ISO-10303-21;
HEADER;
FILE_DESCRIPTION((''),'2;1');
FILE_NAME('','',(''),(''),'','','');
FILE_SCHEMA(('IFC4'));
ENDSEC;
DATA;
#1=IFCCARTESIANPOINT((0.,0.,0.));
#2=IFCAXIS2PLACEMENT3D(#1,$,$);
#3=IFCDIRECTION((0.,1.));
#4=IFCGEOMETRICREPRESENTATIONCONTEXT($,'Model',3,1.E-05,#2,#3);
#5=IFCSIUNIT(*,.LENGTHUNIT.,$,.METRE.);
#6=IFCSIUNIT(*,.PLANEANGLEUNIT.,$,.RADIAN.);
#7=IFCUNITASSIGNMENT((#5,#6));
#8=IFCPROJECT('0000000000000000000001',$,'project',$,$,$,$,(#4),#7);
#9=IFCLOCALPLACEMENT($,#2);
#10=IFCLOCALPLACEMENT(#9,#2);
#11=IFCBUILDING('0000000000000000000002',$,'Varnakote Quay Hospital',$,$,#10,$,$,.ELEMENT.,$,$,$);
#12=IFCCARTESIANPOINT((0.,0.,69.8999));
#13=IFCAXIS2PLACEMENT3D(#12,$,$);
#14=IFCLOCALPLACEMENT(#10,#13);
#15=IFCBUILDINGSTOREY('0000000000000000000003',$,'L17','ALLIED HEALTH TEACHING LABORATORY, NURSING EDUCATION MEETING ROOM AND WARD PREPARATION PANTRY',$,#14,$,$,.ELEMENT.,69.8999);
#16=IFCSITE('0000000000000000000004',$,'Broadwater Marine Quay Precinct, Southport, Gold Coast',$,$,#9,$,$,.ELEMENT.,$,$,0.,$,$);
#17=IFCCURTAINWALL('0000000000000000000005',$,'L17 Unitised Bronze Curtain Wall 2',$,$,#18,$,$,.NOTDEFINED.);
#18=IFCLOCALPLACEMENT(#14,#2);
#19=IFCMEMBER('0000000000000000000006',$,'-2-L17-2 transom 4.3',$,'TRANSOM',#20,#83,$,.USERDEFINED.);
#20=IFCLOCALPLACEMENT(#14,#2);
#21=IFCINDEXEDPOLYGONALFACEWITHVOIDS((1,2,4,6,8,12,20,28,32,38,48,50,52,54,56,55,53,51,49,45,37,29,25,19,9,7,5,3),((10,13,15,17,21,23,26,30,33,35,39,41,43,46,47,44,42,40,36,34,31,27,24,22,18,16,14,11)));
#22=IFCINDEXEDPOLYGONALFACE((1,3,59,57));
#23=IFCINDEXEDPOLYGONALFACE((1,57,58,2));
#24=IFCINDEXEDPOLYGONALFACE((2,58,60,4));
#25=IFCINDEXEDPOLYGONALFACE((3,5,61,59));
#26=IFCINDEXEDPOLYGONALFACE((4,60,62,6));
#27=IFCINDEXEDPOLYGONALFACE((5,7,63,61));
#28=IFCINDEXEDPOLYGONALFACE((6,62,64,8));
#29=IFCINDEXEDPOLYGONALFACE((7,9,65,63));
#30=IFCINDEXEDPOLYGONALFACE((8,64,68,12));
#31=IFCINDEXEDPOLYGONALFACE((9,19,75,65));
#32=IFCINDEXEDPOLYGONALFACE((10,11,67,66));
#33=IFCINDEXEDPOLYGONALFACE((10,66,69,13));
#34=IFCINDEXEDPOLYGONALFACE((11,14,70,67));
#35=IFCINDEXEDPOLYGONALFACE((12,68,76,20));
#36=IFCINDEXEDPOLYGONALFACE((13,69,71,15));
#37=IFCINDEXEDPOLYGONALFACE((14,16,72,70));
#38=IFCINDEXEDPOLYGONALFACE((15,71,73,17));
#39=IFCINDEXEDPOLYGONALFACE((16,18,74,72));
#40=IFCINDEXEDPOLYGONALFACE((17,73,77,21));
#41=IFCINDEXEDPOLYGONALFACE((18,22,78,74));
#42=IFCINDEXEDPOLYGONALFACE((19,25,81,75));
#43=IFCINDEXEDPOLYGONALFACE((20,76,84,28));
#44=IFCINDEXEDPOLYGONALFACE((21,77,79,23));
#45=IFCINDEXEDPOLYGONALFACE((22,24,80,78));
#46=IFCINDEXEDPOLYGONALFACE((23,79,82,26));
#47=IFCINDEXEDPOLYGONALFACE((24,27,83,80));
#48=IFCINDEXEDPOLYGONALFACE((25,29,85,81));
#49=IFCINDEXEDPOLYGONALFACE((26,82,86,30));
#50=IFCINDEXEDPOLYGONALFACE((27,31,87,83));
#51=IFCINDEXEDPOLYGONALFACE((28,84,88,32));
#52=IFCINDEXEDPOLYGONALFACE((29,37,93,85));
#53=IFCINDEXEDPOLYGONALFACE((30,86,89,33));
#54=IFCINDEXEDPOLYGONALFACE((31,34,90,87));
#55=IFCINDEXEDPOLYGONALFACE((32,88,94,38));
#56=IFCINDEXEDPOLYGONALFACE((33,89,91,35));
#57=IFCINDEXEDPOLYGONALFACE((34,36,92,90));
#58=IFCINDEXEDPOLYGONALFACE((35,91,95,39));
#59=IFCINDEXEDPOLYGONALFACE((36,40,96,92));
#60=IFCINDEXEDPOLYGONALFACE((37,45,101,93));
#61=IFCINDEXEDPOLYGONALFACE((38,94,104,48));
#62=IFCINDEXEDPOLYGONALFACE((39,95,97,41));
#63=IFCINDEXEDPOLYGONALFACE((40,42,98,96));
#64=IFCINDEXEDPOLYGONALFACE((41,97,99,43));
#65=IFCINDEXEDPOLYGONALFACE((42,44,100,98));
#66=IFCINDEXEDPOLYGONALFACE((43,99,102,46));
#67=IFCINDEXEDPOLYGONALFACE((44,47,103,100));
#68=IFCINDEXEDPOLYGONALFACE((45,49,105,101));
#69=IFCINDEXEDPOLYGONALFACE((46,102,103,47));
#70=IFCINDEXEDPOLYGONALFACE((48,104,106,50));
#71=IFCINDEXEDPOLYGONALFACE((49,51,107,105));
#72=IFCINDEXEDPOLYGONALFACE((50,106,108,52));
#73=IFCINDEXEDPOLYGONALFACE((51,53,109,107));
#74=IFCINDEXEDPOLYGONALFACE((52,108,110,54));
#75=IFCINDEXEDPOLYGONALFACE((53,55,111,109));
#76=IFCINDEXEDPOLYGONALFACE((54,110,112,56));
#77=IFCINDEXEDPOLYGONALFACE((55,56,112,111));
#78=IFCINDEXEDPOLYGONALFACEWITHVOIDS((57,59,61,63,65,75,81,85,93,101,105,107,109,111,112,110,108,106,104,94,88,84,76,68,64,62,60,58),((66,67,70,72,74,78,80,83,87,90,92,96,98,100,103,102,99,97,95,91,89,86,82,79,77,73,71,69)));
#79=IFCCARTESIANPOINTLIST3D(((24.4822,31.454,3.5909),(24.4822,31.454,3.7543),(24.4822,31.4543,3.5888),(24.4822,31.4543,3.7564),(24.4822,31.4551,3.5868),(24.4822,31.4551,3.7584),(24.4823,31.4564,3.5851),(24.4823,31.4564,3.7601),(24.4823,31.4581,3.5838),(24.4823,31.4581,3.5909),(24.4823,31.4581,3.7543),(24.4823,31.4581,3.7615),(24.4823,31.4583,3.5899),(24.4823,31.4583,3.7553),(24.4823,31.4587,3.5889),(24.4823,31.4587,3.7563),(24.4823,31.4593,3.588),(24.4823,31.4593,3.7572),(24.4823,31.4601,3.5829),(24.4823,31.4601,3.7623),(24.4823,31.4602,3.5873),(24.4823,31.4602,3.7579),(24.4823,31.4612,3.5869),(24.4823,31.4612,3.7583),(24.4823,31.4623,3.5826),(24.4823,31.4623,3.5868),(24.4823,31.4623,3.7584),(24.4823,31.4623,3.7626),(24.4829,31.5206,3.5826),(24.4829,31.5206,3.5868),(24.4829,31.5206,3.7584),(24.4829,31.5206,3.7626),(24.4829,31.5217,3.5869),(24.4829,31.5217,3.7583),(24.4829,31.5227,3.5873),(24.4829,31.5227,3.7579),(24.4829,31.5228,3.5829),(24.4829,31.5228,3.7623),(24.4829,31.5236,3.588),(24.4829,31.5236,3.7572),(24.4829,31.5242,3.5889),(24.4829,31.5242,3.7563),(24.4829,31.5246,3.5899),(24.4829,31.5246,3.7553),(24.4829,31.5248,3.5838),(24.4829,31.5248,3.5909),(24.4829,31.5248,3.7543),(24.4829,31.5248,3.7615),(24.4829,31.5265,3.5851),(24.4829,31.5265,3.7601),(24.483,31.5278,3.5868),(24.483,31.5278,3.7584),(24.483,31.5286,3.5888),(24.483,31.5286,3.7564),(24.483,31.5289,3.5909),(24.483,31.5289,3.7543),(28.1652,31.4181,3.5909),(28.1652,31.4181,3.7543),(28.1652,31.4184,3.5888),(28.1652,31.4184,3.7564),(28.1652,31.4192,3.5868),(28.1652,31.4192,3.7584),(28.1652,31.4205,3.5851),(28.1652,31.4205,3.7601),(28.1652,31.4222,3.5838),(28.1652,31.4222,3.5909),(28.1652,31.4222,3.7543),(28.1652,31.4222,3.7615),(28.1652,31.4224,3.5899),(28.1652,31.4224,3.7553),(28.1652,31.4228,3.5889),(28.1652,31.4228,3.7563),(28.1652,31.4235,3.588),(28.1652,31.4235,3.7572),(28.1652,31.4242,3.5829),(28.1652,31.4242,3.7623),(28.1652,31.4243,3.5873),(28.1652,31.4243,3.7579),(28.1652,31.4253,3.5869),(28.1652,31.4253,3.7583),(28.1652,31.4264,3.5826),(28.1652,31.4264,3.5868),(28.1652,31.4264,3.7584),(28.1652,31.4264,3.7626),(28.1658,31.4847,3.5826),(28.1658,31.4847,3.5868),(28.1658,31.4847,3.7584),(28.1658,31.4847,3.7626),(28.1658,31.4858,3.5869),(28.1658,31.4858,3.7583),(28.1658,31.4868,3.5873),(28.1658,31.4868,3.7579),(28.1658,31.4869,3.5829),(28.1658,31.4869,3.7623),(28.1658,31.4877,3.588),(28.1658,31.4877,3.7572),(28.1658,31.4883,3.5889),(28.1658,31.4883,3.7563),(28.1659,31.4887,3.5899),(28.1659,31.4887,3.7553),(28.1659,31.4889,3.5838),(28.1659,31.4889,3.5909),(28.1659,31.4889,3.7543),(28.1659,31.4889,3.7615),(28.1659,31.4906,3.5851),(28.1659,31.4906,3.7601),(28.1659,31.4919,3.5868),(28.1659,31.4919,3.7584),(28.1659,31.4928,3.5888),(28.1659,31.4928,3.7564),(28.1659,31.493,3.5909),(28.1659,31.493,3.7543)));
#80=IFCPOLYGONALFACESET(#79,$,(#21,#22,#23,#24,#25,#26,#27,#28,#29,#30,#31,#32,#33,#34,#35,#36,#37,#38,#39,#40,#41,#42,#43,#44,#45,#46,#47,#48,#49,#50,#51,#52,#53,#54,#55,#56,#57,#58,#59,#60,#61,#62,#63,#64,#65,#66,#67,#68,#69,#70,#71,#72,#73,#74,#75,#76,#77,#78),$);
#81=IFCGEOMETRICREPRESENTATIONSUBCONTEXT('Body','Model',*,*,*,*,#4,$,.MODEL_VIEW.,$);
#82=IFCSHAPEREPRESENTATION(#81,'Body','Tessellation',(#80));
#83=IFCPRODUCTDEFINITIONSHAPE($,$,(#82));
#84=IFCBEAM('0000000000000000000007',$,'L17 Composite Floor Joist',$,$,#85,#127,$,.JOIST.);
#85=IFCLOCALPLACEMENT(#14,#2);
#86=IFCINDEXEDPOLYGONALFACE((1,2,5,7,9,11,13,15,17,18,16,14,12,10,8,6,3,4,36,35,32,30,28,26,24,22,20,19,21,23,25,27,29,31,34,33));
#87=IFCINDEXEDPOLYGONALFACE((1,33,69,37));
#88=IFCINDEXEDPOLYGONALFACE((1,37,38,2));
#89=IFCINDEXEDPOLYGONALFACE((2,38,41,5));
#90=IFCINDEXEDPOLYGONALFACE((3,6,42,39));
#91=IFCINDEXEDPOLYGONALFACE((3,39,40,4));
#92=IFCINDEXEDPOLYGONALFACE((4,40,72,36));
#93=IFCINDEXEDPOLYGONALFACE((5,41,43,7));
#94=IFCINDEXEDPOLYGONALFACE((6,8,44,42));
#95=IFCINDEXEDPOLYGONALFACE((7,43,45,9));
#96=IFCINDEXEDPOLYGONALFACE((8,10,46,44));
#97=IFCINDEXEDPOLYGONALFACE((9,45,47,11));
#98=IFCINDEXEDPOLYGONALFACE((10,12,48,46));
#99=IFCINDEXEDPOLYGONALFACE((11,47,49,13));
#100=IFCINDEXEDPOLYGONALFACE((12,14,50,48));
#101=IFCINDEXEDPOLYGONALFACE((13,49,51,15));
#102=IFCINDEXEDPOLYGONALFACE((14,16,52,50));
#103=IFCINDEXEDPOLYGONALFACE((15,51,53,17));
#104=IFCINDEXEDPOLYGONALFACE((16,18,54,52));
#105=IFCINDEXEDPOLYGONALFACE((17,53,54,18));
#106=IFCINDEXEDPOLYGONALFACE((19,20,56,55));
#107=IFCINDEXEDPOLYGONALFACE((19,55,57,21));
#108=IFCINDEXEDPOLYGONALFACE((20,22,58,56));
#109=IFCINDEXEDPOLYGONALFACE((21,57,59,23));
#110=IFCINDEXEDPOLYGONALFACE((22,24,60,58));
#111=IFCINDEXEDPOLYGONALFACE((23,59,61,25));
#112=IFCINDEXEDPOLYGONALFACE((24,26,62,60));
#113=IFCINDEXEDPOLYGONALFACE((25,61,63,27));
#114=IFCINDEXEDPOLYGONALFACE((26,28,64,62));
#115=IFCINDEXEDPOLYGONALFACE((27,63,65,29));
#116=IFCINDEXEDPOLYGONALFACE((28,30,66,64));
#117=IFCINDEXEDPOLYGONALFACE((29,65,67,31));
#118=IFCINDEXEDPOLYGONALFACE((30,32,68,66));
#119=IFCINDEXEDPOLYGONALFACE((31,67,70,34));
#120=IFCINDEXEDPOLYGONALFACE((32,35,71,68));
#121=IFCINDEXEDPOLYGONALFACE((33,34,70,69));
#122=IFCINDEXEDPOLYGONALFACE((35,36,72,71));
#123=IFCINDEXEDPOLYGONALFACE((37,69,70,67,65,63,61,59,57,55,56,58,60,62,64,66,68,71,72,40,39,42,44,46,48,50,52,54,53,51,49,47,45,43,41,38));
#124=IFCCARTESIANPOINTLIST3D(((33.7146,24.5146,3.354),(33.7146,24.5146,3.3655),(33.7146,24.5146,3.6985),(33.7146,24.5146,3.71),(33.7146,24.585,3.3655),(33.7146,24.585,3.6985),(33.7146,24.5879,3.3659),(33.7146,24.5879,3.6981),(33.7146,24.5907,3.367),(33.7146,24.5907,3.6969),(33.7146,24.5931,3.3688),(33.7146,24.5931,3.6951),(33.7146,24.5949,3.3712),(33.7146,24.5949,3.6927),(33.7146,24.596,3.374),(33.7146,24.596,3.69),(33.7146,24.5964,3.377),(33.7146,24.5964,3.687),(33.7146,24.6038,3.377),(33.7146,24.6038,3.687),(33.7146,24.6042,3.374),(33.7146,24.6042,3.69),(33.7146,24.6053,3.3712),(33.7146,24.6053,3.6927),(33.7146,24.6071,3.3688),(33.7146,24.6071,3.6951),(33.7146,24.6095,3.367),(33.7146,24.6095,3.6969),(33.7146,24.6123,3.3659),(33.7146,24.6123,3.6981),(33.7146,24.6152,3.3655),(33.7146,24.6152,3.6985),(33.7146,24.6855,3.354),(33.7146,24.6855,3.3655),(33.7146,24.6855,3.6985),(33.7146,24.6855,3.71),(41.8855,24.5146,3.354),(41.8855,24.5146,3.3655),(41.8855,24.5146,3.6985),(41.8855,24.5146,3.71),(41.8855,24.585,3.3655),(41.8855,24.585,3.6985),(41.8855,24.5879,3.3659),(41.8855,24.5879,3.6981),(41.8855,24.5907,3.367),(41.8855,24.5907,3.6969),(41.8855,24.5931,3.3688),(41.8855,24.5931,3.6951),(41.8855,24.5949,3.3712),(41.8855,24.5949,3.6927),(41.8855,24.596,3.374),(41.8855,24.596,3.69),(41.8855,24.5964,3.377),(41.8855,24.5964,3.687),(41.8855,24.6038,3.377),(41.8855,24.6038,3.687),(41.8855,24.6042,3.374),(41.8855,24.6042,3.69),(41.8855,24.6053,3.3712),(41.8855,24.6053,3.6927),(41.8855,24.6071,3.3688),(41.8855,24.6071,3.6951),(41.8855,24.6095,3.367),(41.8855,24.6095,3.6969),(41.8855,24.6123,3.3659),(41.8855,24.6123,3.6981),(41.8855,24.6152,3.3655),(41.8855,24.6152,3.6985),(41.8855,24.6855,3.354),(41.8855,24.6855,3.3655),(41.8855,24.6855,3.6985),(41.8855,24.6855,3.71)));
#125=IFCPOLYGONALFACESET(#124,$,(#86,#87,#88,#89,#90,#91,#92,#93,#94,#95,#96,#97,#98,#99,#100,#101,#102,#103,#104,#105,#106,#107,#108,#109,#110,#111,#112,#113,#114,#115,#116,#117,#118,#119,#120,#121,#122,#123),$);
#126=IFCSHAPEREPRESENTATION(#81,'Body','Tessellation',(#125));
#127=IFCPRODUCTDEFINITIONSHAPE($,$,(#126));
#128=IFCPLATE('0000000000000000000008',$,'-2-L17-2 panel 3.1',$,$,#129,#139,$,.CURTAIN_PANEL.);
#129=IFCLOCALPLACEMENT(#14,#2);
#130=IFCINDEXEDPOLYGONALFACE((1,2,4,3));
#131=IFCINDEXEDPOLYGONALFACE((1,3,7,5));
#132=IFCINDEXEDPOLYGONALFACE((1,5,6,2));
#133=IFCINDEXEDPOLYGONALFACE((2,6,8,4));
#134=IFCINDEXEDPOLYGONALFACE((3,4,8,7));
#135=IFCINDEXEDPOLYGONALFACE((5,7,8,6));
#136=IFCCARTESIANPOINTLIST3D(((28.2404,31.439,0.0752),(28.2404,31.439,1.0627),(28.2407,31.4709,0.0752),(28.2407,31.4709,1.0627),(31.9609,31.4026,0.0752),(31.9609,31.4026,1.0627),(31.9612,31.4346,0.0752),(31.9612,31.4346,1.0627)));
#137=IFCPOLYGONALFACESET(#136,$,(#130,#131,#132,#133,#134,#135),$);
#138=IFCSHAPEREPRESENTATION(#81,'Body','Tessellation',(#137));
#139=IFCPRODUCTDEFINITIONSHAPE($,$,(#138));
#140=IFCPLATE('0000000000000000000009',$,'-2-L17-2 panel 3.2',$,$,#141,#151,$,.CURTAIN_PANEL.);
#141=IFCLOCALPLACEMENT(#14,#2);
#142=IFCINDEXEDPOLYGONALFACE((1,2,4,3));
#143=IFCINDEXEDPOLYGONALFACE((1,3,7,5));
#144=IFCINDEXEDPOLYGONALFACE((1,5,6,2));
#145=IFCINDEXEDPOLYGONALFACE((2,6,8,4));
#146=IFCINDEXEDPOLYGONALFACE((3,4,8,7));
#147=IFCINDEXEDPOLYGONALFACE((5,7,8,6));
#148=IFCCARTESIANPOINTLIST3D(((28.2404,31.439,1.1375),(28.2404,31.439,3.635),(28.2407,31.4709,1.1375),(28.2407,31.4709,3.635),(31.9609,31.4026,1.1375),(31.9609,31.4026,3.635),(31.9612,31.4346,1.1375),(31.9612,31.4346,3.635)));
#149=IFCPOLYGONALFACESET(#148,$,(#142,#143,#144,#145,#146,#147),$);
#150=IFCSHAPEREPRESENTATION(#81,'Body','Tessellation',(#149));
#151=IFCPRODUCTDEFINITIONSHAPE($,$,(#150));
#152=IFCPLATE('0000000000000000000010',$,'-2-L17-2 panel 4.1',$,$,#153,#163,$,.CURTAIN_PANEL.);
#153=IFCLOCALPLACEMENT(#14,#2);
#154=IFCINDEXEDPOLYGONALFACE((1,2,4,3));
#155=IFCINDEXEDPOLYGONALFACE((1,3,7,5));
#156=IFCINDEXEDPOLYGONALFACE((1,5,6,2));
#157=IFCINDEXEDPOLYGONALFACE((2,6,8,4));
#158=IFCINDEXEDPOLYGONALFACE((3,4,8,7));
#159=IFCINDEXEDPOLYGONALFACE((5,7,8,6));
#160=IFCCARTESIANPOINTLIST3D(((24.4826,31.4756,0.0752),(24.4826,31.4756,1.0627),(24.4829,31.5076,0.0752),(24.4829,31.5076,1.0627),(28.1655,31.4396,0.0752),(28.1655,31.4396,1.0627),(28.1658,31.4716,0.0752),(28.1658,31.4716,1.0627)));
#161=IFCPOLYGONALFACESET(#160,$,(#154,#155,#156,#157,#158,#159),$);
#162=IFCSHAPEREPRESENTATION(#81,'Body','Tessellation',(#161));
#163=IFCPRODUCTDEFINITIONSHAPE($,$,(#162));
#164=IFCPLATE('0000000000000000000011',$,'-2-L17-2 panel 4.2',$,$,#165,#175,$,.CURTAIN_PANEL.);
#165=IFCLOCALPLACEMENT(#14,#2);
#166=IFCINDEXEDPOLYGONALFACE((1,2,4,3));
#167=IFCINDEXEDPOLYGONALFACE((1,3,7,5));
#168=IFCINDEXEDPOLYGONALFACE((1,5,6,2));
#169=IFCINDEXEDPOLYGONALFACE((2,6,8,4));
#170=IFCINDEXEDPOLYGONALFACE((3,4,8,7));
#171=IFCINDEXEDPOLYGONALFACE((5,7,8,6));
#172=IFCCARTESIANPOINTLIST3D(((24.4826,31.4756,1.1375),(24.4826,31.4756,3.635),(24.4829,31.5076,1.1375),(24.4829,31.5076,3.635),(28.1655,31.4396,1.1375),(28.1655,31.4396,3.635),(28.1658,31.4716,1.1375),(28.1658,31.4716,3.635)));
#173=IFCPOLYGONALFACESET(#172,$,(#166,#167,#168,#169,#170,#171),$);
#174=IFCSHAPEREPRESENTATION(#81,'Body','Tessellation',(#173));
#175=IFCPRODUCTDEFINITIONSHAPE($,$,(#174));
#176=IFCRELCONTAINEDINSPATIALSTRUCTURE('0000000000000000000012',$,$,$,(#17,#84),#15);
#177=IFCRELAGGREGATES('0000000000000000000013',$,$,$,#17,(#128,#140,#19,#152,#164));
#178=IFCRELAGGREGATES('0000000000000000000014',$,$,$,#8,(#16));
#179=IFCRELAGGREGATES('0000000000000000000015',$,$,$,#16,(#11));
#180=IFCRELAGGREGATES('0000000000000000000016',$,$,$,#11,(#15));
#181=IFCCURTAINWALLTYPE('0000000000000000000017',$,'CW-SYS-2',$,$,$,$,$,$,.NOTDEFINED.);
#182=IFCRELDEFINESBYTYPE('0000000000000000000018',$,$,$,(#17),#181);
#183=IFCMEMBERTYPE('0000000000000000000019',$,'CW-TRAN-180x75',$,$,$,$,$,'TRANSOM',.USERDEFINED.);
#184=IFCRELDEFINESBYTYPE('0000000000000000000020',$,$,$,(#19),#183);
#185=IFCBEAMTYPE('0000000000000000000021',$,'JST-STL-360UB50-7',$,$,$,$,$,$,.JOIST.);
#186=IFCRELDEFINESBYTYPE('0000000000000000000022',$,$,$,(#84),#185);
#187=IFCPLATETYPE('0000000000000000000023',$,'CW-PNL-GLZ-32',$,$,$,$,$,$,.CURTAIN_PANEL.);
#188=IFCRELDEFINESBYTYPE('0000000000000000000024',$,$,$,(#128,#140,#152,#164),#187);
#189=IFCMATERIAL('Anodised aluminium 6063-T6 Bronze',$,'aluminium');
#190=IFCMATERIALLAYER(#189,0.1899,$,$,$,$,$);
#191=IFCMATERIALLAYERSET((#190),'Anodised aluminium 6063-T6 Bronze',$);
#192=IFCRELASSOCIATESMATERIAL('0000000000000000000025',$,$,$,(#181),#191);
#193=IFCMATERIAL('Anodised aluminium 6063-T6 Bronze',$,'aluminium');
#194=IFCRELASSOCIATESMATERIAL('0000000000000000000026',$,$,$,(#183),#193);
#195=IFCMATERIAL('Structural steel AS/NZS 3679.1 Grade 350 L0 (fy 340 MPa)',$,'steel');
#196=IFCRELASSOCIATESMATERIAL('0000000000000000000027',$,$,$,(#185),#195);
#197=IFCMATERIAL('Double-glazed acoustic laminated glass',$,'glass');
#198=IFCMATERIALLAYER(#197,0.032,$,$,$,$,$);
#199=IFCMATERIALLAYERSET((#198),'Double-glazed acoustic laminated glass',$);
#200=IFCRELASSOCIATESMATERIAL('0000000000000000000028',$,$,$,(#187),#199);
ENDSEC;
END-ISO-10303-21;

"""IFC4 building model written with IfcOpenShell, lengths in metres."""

from ifc_helpers import new_model, si_unit, direction, frame, origin, origin_2d, place, context, subcontext, project, spatial, rectangle, hollow_rectangle, i_section, extrude, material, layer, layer_set, material_profile, profile_set, type_object, element, aggregate, save


model = new_model("IFC4")

# Units and contexts
model_context = context("Model", 3, precision=1e-05, world=origin(), true_north=direction((0.0, 1.0)))
body_context = subcontext(model_context, "Body", "Model", "MODEL_VIEW")
ifc_project = project(units=[si_unit("LENGTHUNIT", "METRE"), si_unit("PLANEANGLEUNIT", "RADIAN")], contexts=[model_context])

# Site, building, storey
site_placement = place(None, origin())
site = spatial("IfcSite", under=ifc_project, at=site_placement, Name="Broadwater Marine Quay Precinct, Southport, Gold Coast", CompositionType="ELEMENT", RefElevation=0.0)
building_placement = place(site_placement, origin())
building = spatial("IfcBuilding", under=site, at=building_placement, Name="Varnakote Quay Hospital", CompositionType="ELEMENT")
storey_placement = place(building_placement, frame((0.0, 0.0, 69.8999)))
storey = spatial("IfcBuildingStorey", under=building, at=storey_placement, Name="L17", Description="ALLIED HEALTH TEACHING LABORATORY, NURSING EDUCATION MEETING ROOM AND WARD PREPARATION PANTRY", CompositionType="ELEMENT", Elevation=69.8999)

# Curtain wall, member
ifc_material_1 = material(Name="Anodised aluminium 6063-T6 Bronze", Category="aluminium")
ifc_layer_1 = layer(ifc_material_1, 0.1899)
ifc_layer_set_1 = layer_set([ifc_layer_1], Name="Anodised aluminium 6063-T6 Bronze")
curtain_wall_type = type_object("IfcCurtainWallType", Name="CW-SYS-2", PredefinedType="NOTDEFINED", material=ifc_layer_set_1)
curtain_wall_placement = place(storey_placement, origin())
curtain_wall = element("IfcCurtainWall", 1, at=curtain_wall_placement, inside=storey, type_object=curtain_wall_type, Name="L17 Unitised Bronze Curtain Wall 2", PredefinedType="NOTDEFINED")
ifc_material_2 = material(Name="Anodised aluminium 6063-T6 Bronze", Category="aluminium")
ifc_material_profile_1 = material_profile(ifc_material_2, hollow_rectangle(XDim=0.075, YDim=0.1799, WallThickness=0.0042, InnerFilletRadius=0.0042, OuterFilletRadius=0.0083, at=origin_2d()), Name="CW-TRAN-180x75")
ifc_profile_set_1 = profile_set([ifc_material_profile_1], Name="Anodised aluminium 6063-T6 Bronze")
member_type_1 = type_object("IfcMemberType", Name="CW-TRAN-180x75", ElementType="TRANSOM", PredefinedType="USERDEFINED", material=ifc_profile_set_1)
member_1_placement = place(storey_placement, frame((28.1655, 31.4556, 3.6726), z_axis=(-0.999953, 0.009744, 0.0), x_axis=(-0.009744, -0.999953, 0.0)))
member_1 = element("IfcMember", 2, at=member_1_placement, type_object=member_type_1, Name="-2-L17-2 transom 4.3", ObjectType="TRANSOM", PredefinedType="USERDEFINED", context=body_context, shape_type="SweptSolid", body=[
    extrude(hollow_rectangle(XDim=0.075, YDim=0.1799, WallThickness=0.0042, InnerFilletRadius=0.0042, OuterFilletRadius=0.0083, at=origin_2d()), origin(), (0.0, 0.0, 1.0), 3.6831),
])

# Beam
ifc_material_3 = material(Name="Structural steel AS/NZS 3679.1 Grade 350 L0 (fy 340 MPa)", Category="steel")
ifc_material_profile_2 = material_profile(ifc_material_3, i_section(OverallWidth=0.1709, OverallDepth=0.356, WebThickness=0.0073, FlangeThickness=0.0115, FilletRadius=0.0115, at=origin_2d()), Name="360UB50.7")
ifc_profile_set_2 = profile_set([ifc_material_profile_2], Name="Structural steel AS/NZS 3679.1 Grade 350 L0 (fy 340 MPa)")
beam_type_1 = type_object("IfcBeamType", Name="JST-STL-360UB50-7", PredefinedType="JOIST", material=ifc_profile_set_2)
beam_1_placement = place(storey_placement, frame((33.7146, 24.6001, 3.532), z_axis=(1.0, 0.0, 0.0), x_axis=(0.0, 1.0, 0.0)))
element("IfcBeam", 3, at=beam_1_placement, inside=storey, type_object=beam_type_1, Name="L17 Composite Floor Joist", PredefinedType="JOIST", context=body_context, shape_type="SweptSolid", body=[
    extrude(i_section(OverallWidth=0.1709, OverallDepth=0.356, WebThickness=0.0073, FlangeThickness=0.0115, FilletRadius=0.0115, at=origin_2d()), origin(), (0.0, 0.0, 1.0), 8.1709),
])

# Plates
ifc_material_4 = material(Name="Double-glazed acoustic laminated glass", Category="glass")
ifc_layer_2 = layer(ifc_material_4, 0.032)
ifc_layer_set_2 = layer_set([ifc_layer_2], Name="Double-glazed acoustic laminated glass")
plate_type = type_object("IfcPlateType", Name="CW-PNL-GLZ-32", PredefinedType="CURTAIN_PANEL", material=ifc_layer_set_2)
plate_1_placement = place(storey_placement, frame((30.1008, 31.4368, 0.0752), z_axis=(0.0, 0.0, 1.0), x_axis=(-0.999952, 0.009774, 0.0)))
plate_1 = element("IfcPlate", 4, at=plate_1_placement, type_object=plate_type, Name="-2-L17-2 panel 3.1", PredefinedType="CURTAIN_PANEL", context=body_context, shape_type="SweptSolid", body=[
    extrude(rectangle(XDim=3.7207, YDim=0.032, at=origin_2d()), origin(), (0.0, 0.0, 1.0), 0.9875),
])
plate_2_placement = place(storey_placement, frame((30.1008, 31.4368, 1.1375), z_axis=(0.0, 0.0, 1.0), x_axis=(-0.999952, 0.009774, 0.0)))
plate_2 = element("IfcPlate", 5, at=plate_2_placement, type_object=plate_type, Name="-2-L17-2 panel 3.2", PredefinedType="CURTAIN_PANEL", context=body_context, shape_type="SweptSolid", body=[
    extrude(rectangle(XDim=3.7207, YDim=0.032, at=origin_2d()), origin(), (0.0, 0.0, 1.0), 2.4976),
])
plate_3_placement = place(storey_placement, frame((26.3242, 31.4736, 0.0752), z_axis=(0.0, 0.0, 1.0), x_axis=(-0.999952, 0.009774, 0.0)))
plate_3 = element("IfcPlate", 6, at=plate_3_placement, type_object=plate_type, Name="-2-L17-2 panel 4.1", PredefinedType="CURTAIN_PANEL", context=body_context, shape_type="SweptSolid", body=[
    extrude(rectangle(XDim=3.6831, YDim=0.032, at=origin_2d()), origin(), (0.0, 0.0, 1.0), 0.9875),
])
plate_4_placement = place(storey_placement, frame((26.3242, 31.4736, 1.1375), z_axis=(0.0, 0.0, 1.0), x_axis=(-0.999952, 0.009774, 0.0)))
plate_4 = element("IfcPlate", 7, at=plate_4_placement, type_object=plate_type, Name="-2-L17-2 panel 4.2", PredefinedType="CURTAIN_PANEL", context=body_context, shape_type="SweptSolid", body=[
    extrude(rectangle(XDim=3.6831, YDim=0.032, at=origin_2d()), origin(), (0.0, 0.0, 1.0), 2.4976),
])
aggregate(curtain_wall, [plate_1, plate_2, member_1, plate_3, plate_4])

save(model, "model.ifc")
